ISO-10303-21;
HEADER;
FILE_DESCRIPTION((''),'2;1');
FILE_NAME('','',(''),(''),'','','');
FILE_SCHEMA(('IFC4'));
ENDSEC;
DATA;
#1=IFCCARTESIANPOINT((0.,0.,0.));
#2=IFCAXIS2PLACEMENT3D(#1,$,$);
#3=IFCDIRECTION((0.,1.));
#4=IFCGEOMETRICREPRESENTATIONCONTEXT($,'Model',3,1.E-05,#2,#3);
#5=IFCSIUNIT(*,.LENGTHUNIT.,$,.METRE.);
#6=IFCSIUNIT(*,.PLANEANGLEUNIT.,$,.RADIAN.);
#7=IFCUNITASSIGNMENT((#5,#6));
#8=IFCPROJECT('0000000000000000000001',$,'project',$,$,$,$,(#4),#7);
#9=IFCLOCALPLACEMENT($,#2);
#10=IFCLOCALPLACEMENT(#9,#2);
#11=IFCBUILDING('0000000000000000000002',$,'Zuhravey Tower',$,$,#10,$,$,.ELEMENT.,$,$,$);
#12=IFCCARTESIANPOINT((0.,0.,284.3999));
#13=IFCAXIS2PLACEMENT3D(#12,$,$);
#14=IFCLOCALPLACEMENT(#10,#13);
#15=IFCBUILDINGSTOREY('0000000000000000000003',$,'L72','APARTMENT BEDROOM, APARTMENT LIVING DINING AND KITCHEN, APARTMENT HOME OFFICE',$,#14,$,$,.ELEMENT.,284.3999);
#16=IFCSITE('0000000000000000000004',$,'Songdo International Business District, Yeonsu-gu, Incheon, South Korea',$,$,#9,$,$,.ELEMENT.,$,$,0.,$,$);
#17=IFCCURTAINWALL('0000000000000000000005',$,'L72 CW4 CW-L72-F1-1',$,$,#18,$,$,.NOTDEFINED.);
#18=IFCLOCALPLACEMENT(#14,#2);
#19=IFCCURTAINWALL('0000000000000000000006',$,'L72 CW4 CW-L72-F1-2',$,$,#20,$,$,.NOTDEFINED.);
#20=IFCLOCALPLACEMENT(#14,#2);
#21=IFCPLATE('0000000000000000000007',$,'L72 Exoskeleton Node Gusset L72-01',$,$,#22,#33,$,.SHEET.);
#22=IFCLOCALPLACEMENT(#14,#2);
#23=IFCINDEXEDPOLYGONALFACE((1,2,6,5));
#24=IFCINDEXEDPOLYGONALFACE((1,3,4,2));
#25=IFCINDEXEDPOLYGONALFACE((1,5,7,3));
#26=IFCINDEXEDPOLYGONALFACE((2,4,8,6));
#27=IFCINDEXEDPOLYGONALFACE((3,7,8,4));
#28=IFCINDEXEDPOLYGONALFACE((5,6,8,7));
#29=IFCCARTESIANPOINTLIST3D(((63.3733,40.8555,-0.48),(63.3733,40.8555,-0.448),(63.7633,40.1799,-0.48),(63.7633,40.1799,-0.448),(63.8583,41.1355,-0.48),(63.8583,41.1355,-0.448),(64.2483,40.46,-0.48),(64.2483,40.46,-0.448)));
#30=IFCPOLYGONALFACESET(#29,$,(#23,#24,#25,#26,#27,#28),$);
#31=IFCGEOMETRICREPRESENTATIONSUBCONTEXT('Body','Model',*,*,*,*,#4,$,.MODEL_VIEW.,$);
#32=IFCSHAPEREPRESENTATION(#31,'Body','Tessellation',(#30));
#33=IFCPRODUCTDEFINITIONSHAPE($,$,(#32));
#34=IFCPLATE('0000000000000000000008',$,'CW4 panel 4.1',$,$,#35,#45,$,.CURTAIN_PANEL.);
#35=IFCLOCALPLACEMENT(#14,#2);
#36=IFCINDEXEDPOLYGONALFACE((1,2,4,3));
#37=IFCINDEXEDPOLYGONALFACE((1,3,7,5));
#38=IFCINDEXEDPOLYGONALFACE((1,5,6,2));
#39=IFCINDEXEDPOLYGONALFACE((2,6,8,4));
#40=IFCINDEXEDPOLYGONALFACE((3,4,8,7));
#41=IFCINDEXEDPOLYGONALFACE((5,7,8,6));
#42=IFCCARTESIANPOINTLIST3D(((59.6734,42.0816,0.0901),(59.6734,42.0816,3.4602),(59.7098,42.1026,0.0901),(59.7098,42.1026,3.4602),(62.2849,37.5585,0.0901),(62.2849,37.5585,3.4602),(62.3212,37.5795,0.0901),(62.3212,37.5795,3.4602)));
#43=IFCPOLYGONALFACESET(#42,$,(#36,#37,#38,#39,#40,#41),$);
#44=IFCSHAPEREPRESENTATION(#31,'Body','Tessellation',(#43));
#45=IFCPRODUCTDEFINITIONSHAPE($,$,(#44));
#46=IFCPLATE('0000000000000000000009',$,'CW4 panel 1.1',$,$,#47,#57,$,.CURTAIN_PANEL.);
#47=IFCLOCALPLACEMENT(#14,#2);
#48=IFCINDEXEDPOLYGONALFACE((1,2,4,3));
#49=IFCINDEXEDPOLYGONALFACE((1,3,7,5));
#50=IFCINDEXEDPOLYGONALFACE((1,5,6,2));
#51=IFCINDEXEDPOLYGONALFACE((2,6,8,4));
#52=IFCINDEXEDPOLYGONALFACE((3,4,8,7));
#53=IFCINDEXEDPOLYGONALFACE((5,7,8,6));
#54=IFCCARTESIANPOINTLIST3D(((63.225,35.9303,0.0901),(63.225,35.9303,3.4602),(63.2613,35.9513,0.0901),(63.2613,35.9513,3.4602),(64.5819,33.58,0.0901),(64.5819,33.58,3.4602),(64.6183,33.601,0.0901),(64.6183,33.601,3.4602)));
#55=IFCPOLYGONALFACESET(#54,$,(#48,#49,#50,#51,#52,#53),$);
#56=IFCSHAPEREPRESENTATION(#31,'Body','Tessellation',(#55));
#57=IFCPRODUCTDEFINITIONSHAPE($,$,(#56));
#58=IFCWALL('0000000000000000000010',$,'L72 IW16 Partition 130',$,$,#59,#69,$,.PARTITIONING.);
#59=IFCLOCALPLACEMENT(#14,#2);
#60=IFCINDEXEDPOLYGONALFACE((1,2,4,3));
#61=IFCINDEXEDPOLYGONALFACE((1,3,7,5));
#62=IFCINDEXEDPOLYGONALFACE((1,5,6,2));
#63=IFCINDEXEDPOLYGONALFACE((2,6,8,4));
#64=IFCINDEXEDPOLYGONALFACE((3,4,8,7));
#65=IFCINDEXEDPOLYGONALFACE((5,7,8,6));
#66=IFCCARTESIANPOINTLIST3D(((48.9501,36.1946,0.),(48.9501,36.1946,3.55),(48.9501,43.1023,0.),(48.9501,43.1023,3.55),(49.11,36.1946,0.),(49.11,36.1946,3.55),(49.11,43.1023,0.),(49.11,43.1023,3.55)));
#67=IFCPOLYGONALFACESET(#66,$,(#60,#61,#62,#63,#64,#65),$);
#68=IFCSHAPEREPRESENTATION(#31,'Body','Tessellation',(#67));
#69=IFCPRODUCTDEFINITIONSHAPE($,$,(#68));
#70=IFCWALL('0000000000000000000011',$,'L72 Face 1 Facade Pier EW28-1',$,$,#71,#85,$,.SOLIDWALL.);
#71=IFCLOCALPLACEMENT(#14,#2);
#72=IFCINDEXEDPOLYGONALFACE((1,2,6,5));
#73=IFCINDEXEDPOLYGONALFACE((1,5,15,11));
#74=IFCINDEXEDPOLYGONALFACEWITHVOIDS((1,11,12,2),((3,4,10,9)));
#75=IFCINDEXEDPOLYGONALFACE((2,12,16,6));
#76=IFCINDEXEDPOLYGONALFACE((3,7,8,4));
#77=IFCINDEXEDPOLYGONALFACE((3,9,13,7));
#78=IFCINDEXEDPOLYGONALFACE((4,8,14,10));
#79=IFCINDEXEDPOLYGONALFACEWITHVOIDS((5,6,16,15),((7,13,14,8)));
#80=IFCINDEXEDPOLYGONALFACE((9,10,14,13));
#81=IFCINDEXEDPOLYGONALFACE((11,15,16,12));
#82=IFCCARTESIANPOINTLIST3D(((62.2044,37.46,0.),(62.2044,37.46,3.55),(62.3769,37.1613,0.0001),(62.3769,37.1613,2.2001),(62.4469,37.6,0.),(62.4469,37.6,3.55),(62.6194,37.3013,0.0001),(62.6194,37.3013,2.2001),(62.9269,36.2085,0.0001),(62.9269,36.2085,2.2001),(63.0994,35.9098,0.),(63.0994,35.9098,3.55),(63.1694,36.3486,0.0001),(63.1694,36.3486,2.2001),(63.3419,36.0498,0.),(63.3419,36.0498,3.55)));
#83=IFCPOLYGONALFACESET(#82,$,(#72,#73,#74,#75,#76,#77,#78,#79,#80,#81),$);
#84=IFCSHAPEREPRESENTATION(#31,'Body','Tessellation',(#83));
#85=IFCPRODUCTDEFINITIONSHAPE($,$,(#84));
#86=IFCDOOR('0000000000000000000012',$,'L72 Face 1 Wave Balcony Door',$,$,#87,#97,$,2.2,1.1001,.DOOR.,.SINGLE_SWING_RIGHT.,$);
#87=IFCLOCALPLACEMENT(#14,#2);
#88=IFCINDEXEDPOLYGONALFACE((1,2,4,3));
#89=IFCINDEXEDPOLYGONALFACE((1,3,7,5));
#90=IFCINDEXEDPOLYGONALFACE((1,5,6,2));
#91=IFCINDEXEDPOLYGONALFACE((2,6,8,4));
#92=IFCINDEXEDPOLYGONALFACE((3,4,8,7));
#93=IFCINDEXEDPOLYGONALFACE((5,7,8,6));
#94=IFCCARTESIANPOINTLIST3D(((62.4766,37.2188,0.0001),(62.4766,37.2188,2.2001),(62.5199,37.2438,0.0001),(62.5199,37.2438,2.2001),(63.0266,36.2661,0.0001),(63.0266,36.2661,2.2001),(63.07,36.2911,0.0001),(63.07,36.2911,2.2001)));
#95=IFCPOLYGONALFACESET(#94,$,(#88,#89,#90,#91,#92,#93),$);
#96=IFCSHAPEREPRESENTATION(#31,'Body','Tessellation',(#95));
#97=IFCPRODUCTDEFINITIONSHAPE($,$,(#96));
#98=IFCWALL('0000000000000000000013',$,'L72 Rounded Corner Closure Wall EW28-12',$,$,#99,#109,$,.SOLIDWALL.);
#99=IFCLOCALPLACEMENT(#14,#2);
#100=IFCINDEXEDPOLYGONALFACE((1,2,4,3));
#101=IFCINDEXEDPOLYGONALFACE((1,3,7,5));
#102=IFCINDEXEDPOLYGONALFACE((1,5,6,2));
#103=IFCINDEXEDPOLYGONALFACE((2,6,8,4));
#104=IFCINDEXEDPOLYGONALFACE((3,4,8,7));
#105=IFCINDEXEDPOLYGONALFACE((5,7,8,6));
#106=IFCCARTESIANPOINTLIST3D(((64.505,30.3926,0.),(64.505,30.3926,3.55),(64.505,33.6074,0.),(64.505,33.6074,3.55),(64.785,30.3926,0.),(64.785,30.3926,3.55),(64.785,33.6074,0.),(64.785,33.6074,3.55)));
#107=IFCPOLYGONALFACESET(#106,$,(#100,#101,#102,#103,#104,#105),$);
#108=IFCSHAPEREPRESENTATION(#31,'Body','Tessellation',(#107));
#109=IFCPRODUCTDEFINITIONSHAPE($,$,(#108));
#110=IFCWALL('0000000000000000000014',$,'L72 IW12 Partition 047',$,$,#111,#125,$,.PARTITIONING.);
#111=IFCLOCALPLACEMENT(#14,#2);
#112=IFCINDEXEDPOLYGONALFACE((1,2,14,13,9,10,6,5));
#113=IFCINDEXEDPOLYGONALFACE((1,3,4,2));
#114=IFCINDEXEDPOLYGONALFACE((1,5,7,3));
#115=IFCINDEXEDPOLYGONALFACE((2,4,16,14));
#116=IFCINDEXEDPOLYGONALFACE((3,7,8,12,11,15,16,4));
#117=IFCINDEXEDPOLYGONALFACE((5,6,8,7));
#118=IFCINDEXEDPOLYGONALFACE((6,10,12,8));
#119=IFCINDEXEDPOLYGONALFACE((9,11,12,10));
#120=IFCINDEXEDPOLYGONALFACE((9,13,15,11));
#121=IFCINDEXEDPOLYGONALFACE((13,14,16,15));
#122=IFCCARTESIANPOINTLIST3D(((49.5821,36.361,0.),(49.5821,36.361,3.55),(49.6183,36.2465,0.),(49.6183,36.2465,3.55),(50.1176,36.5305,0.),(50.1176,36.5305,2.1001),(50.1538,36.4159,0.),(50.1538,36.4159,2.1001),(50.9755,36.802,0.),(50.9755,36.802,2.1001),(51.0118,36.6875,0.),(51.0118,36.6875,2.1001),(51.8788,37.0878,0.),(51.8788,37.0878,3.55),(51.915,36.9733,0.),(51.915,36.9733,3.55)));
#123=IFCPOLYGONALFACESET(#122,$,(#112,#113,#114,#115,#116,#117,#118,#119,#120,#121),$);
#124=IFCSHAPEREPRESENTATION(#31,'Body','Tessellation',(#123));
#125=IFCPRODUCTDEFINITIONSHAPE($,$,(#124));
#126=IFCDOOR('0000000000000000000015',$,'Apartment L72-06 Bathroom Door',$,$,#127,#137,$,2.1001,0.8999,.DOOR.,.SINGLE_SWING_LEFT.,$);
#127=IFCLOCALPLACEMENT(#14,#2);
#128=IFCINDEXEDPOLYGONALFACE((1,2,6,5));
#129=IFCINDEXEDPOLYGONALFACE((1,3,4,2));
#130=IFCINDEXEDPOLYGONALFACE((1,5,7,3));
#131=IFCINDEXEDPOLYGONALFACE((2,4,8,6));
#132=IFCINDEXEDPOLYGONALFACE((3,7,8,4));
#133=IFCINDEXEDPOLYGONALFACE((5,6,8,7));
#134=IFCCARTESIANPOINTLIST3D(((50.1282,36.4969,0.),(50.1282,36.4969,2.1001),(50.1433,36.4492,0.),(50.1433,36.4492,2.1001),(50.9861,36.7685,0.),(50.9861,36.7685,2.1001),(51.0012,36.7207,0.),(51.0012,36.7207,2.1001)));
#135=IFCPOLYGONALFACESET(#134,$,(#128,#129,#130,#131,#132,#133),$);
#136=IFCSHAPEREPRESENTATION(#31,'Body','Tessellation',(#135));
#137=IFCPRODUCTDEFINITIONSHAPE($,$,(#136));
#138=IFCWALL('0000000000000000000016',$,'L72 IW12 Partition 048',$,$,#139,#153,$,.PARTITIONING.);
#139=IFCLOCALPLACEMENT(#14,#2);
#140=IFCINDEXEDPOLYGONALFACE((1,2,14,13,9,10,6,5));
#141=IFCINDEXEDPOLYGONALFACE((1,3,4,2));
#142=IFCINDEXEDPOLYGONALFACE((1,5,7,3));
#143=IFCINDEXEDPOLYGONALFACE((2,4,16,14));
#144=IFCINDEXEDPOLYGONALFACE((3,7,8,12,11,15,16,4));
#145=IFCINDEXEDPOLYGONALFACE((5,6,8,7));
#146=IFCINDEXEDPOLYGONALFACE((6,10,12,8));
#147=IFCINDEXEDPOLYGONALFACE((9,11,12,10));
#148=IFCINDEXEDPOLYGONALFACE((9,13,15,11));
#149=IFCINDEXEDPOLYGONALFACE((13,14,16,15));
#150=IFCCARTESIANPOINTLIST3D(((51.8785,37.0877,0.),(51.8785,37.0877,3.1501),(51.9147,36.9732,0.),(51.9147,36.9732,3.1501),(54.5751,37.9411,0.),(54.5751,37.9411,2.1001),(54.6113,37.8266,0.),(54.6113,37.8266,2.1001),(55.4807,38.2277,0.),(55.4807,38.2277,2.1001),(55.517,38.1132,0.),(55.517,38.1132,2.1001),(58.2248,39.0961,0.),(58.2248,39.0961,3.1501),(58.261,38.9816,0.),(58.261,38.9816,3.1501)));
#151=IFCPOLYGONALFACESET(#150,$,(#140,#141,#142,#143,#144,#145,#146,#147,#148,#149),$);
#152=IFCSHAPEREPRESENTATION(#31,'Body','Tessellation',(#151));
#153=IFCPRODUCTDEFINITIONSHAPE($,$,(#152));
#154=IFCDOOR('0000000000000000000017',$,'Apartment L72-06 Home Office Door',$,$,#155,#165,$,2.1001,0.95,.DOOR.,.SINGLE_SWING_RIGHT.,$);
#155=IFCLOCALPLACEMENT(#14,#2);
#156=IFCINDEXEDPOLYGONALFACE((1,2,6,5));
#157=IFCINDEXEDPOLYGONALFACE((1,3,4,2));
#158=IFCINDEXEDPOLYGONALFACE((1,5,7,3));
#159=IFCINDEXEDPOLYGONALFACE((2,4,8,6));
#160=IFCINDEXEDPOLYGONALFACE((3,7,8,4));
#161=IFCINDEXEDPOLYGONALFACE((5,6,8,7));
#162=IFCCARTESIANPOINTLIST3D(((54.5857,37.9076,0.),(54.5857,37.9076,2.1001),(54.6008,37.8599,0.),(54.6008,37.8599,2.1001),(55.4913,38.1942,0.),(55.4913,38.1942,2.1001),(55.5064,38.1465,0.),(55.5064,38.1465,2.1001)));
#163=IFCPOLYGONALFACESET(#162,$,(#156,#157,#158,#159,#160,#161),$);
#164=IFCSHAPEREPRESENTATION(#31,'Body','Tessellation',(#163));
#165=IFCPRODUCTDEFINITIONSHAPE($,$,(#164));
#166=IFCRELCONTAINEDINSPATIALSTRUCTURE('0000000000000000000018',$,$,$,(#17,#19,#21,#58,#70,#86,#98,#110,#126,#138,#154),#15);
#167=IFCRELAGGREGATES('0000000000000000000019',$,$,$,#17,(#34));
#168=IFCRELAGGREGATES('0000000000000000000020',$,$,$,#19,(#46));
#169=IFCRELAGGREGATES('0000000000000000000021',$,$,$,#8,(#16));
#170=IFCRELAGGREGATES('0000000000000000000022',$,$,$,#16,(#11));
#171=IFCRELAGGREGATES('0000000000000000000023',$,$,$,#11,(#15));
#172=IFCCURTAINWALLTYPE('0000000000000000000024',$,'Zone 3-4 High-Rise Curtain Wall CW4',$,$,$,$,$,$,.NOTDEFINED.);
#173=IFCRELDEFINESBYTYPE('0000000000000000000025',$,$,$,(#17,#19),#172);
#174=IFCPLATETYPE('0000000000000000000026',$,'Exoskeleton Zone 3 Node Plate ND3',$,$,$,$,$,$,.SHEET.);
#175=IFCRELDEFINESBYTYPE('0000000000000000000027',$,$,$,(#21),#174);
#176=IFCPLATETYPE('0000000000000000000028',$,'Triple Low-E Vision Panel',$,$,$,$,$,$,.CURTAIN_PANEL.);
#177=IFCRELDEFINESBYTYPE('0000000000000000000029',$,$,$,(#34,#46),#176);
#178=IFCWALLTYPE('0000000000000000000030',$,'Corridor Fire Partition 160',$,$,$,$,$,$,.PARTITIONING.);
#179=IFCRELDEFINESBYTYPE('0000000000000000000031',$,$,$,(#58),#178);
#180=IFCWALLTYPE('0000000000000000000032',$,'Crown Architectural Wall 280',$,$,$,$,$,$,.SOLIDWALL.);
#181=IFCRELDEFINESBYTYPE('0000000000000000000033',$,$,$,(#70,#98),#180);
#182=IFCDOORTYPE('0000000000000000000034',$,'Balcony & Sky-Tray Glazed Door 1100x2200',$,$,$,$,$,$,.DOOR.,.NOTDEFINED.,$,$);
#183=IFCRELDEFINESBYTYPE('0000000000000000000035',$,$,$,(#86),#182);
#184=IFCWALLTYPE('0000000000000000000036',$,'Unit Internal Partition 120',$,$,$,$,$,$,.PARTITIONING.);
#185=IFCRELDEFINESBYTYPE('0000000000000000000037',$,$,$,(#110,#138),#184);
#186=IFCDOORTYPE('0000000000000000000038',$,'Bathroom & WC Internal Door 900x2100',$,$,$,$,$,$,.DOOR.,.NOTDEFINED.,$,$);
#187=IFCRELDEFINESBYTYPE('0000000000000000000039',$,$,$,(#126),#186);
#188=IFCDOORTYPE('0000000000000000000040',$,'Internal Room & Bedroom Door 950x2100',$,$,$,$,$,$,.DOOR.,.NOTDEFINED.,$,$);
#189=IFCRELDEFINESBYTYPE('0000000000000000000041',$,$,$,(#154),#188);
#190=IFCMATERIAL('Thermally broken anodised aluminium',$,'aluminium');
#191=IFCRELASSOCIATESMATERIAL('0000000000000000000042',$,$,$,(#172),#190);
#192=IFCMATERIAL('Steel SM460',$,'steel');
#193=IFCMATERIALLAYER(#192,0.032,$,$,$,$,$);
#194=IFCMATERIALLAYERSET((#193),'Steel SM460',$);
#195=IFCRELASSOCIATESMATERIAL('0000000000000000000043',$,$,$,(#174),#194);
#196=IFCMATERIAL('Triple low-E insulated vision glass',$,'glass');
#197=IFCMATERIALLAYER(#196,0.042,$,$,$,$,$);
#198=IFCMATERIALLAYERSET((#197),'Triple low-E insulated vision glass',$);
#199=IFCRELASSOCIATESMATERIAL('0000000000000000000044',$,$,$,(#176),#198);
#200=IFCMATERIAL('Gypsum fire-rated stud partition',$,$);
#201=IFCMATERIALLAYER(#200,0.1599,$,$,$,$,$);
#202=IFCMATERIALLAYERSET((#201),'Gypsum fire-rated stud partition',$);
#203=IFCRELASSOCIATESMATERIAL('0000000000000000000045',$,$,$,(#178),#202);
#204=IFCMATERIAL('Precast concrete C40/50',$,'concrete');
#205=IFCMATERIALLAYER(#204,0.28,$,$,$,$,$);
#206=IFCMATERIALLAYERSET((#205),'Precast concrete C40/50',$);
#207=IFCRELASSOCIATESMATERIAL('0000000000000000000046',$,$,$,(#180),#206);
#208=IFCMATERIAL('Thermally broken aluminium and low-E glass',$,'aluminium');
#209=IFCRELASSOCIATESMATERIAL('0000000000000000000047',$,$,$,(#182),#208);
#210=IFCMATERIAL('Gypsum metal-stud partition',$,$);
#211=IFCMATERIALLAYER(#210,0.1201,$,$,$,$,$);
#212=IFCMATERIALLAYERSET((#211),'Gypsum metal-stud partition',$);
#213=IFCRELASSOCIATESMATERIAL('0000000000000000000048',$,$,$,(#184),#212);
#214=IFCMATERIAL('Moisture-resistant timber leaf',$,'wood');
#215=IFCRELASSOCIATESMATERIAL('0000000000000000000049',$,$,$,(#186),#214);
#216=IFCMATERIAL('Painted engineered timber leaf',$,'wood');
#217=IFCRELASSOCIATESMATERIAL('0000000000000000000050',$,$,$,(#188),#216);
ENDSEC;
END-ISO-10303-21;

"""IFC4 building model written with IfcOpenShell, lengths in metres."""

from ifc_helpers import new_model, si_unit, direction, frame, frame_2d, origin, origin_2d, place, context, subcontext, project, spatial, rectangle, extrude, material, layer, layer_set, type_object, element, fill, aggregate, save


model = new_model("IFC4")

# Units and contexts
model_context = context("Model", 3, precision=1e-05, world=origin(), true_north=direction((0.0, 1.0)))
body_context = subcontext(model_context, "Body", "Model", "MODEL_VIEW")
ifc_project = project(units=[si_unit("LENGTHUNIT", "METRE"), si_unit("PLANEANGLEUNIT", "RADIAN")], contexts=[model_context])

# Site, building, storey
site_placement = place(None, origin())
site = spatial("IfcSite", under=ifc_project, at=site_placement, Name="Songdo International Business District, Yeonsu-gu, Incheon, South Korea", CompositionType="ELEMENT", RefElevation=0.0)
building_placement = place(site_placement, origin())
building = spatial("IfcBuilding", under=site, at=building_placement, Name="Zuhravey Tower", CompositionType="ELEMENT")
storey_placement = place(building_placement, frame((0.0, 0.0, 284.3999)))
storey = spatial("IfcBuildingStorey", under=building, at=storey_placement, Name="L72", Description="APARTMENT BEDROOM, APARTMENT LIVING DINING AND KITCHEN, APARTMENT HOME OFFICE", CompositionType="ELEMENT", Elevation=284.3999)

# Curtain wall
ifc_material_1 = material(Name="Thermally broken anodised aluminium", Category="aluminium")
curtain_wall_type = type_object("IfcCurtainWallType", Name="Zone 3-4 High-Rise Curtain Wall CW4", PredefinedType="NOTDEFINED", material=ifc_material_1)
curtain_wall_1_placement = place(storey_placement, origin())
curtain_wall_1 = element("IfcCurtainWall", 1, at=curtain_wall_1_placement, inside=storey, type_object=curtain_wall_type, Name="L72 CW4 CW-L72-F1-1", PredefinedType="NOTDEFINED")

# Curtain wall
curtain_wall_2_placement = place(storey_placement, origin())
curtain_wall_2 = element("IfcCurtainWall", 2, at=curtain_wall_2_placement, inside=storey, type_object=curtain_wall_type, Name="L72 CW4 CW-L72-F1-2", PredefinedType="NOTDEFINED")

# Plates
ifc_material_2 = material(Name="Steel SM460", Category="steel")
ifc_layer_1 = layer(ifc_material_2, 0.032)
ifc_layer_set_1 = layer_set([ifc_layer_1], Name="Steel SM460")
plate_type_1 = type_object("IfcPlateType", Name="Exoskeleton Zone 3 Node Plate ND3", PredefinedType="SHEET", material=ifc_layer_set_1)
plate_1_placement = place(storey_placement, frame((63.8108, 40.6577, -0.48), z_axis=(0.0, 0.0, 1.0), x_axis=(-0.5, 0.866025, 0.0)))
element("IfcPlate", 3, at=plate_1_placement, inside=storey, type_object=plate_type_1, Name="L72 Exoskeleton Node Gusset L72-01", PredefinedType="SHEET", context=body_context, shape_type="SweptSolid", body=[
    extrude(rectangle(XDim=0.78, YDim=0.5601, at=origin_2d()), origin(), (0.0, 0.0, 1.0), 0.032),
])
ifc_material_3 = material(Name="Triple low-E insulated vision glass", Category="glass")
ifc_layer_2 = layer(ifc_material_3, 0.042)
ifc_layer_set_2 = layer_set([ifc_layer_2], Name="Triple low-E insulated vision glass")
plate_type_2 = type_object("IfcPlateType", Name="Triple Low-E Vision Panel", PredefinedType="CURTAIN_PANEL", material=ifc_layer_set_2)
plate_2_placement = place(storey_placement, frame((60.9973, 39.8306, 0.0901), z_axis=(0.0, 0.0, 1.0), x_axis=(0.500001, -0.866025, 0.0)))
plate_2 = element("IfcPlate", 4, at=plate_2_placement, type_object=plate_type_2, Name="CW4 panel 4.1", PredefinedType="CURTAIN_PANEL", context=body_context, shape_type="SweptSolid", body=[
    extrude(rectangle(XDim=5.2229, YDim=0.042, at=origin_2d()), origin(), (0.0, 0.0, 1.0), 3.3701),
])
aggregate(curtain_wall_1, [plate_2])
plate_3_placement = place(storey_placement, frame((63.9216, 34.7656, 0.0901), z_axis=(0.0, 0.0, 1.0), x_axis=(0.500012, -0.866019, 0.0)))
plate_3 = element("IfcPlate", 5, at=plate_3_placement, type_object=plate_type_2, Name="CW4 panel 1.1", PredefinedType="CURTAIN_PANEL", context=body_context, shape_type="SweptSolid", body=[
    extrude(rectangle(XDim=2.7139, YDim=0.042, at=origin_2d()), origin(), (0.0, 0.0, 1.0), 3.3701),
])
aggregate(curtain_wall_2, [plate_3])

# Shared definitions
ifc_material_4 = material(Name="Gypsum fire-rated stud partition")
ifc_layer_3 = layer(ifc_material_4, 0.1599)
ifc_layer_set_3 = layer_set([ifc_layer_3], Name="Gypsum fire-rated stud partition")
wall_type_1 = type_object("IfcWallType", Name="Corridor Fire Partition 160", PredefinedType="PARTITIONING", material=ifc_layer_set_3)

# Wall
wall_1_placement = place(storey_placement, frame((49.03, 36.1946, 0.0), z_axis=(0.0, 0.0, 1.0), x_axis=(0.0, 1.0, 0.0)))
element("IfcWall", 6, at=wall_1_placement, inside=storey, type_object=wall_type_1, Name="L72 IW16 Partition 130", PredefinedType="PARTITIONING", context=body_context, shape_type="SweptSolid", body=[
    extrude(rectangle(XDim=6.9077, YDim=0.1599, at=frame_2d((3.4539, 0.0))), origin(), (0.0, 0.0, 1.0), 3.55),
])

# Wall, opening, door
ifc_material_5 = material(Name="Precast concrete C40/50", Category="concrete")
ifc_layer_4 = layer(ifc_material_5, 0.28)
ifc_layer_set_4 = layer_set([ifc_layer_4], Name="Precast concrete C40/50")
wall_type_2 = type_object("IfcWallType", Name="Crown Architectural Wall 280", PredefinedType="SOLIDWALL", material=ifc_layer_set_4)
wall_2_placement = place(storey_placement, frame((62.3257, 37.53, 0.0), z_axis=(0.0, 0.0, 1.0), x_axis=(0.499982, -0.866036, 0.0)))
wall_2 = element("IfcWall", 7, at=wall_2_placement, inside=storey, type_object=wall_type_2, Name="L72 Face 1 Facade Pier EW28-1", PredefinedType="SOLIDWALL", context=body_context, shape_type="SweptSolid", body=[
    extrude(rectangle(XDim=1.79, YDim=0.28, at=frame_2d((0.895, 0.0))), origin(), (0.0, 0.0, 1.0), 3.55),
])
opening_1_placement = place(wall_2_placement, frame((0.345, 0.0, 0.0)))
opening_1 = element("IfcOpeningElement", 8, at=opening_1_placement, cuts=wall_2, PredefinedType="OPENING", context=body_context, shape_type="SweptSolid", body=[
    extrude(rectangle(XDim=1.1001, YDim=2.2, at=frame_2d((0.55, 1.1001))), frame((0.0, 0.1521, 0.0), z_axis=(0.0, -1.0, 0.0), x_axis=(1.0, 0.0, 0.0)), (0.0, 0.0, 1.0), 0.304),
])
ifc_material_6 = material(Name="Thermally broken aluminium and low-E glass", Category="aluminium")
door_type_1 = type_object("IfcDoorType", Name="Balcony & Sky-Tray Glazed Door 1100x2200", OperationType="NOTDEFINED", PredefinedType="DOOR", material=ifc_material_6)
door_1_placement = place(opening_1_placement, frame((1.1001, 0.0, 0.0), z_axis=(0.0, 0.0, 1.0), x_axis=(-1.0, 0.0, 0.0)))
door_1 = element("IfcDoor", 9, at=door_1_placement, inside=storey, type_object=door_type_1, Name="L72 Face 1 Wave Balcony Door", OperationType="SINGLE_SWING_RIGHT", OverallHeight=2.2, OverallWidth=1.1001, PredefinedType="DOOR", context=body_context, shape_type="SweptSolid", body=[
    extrude(rectangle(XDim=1.1001, YDim=2.2, at=frame_2d((0.55, 1.1001))), frame((0.0, 0.0249, 0.0), z_axis=(0.0, -1.0, 0.0), x_axis=(1.0, 0.0, 0.0)), (0.0, 0.0, 1.0), 0.05),
])
fill(opening_1, door_1)

# Wall
wall_3_placement = place(storey_placement, frame((64.645, 33.6074, 0.0), z_axis=(0.0, 0.0, 1.0), x_axis=(0.0, -1.0, 0.0)))
element("IfcWall", 10, at=wall_3_placement, inside=storey, type_object=wall_type_2, Name="L72 Rounded Corner Closure Wall EW28-12", PredefinedType="SOLIDWALL", context=body_context, shape_type="SweptSolid", body=[
    extrude(rectangle(XDim=3.2148, YDim=0.28, at=frame_2d((1.6074, 0.0))), origin(), (0.0, 0.0, 1.0), 3.55),
])

# Walls, openings, doors
ifc_material_7 = material(Name="Gypsum metal-stud partition")
ifc_layer_5 = layer(ifc_material_7, 0.1201)
ifc_layer_set_5 = layer_set([ifc_layer_5], Name="Gypsum metal-stud partition")
wall_type_3 = type_object("IfcWallType", Name="Unit Internal Partition 120", PredefinedType="PARTITIONING", material=ifc_layer_set_5)
wall_4_placement = place(storey_placement, frame((49.6001, 36.3037, 0.0), z_axis=(0.0, 0.0, 1.0), x_axis=(0.953397, 0.301718, 0.0)))
wall_4 = element("IfcWall", 11, at=wall_4_placement, inside=storey, type_object=wall_type_3, Name="L72 IW12 Partition 047", PredefinedType="PARTITIONING", context=body_context, shape_type="SweptSolid", body=[
    extrude(rectangle(XDim=2.4089, YDim=0.1201, at=frame_2d((1.2046, 0.0))), origin(), (0.0, 0.0, 1.0), 3.55),
])
opening_2_placement = place(wall_4_placement, frame((0.5618, 0.0, 0.0)))
opening_2 = element("IfcOpeningElement", 12, at=opening_2_placement, cuts=wall_4, PredefinedType="OPENING", context=body_context, shape_type="SweptSolid", body=[
    extrude(rectangle(XDim=0.8999, YDim=2.1001, at=frame_2d((0.45, 1.05))), frame((0.0, 0.072, 0.0), z_axis=(0.0, -1.0, 0.0), x_axis=(1.0, 0.0, 0.0)), (0.0, 0.0, 1.0), 0.144),
])
ifc_material_8 = material(Name="Moisture-resistant timber leaf", Category="wood")
door_type_2 = type_object("IfcDoorType", Name="Bathroom & WC Internal Door 900x2100", OperationType="NOTDEFINED", PredefinedType="DOOR", material=ifc_material_8)
door_2_placement = place(opening_2_placement, origin())
door_2 = element("IfcDoor", 13, at=door_2_placement, inside=storey, type_object=door_type_2, Name="Apartment L72-06 Bathroom Door", OperationType="SINGLE_SWING_LEFT", OverallHeight=2.1001, OverallWidth=0.8999, PredefinedType="DOOR", context=body_context, shape_type="SweptSolid", body=[
    extrude(rectangle(XDim=0.8999, YDim=2.1001, at=frame_2d((0.45, 1.05))), frame((0.0, 0.0249, 0.0), z_axis=(0.0, -1.0, 0.0), x_axis=(1.0, 0.0, 0.0)), (0.0, 0.0, 1.0), 0.05),
])
fill(opening_2, door_2)
wall_5_placement = place(storey_placement, frame((51.8967, 37.0305, 0.0), z_axis=(0.0, 0.0, 1.0), x_axis=(0.9534, 0.301711, 0.0)))
wall_5 = element("IfcWall", 14, at=wall_5_placement, inside=storey, type_object=wall_type_3, Name="L72 IW12 Partition 048", PredefinedType="PARTITIONING", context=body_context, shape_type="SweptSolid", body=[
    extrude(rectangle(XDim=6.6565, YDim=0.1201, at=frame_2d((3.3281, 0.0))), origin(), (0.0, 0.0, 1.0), 3.1501),
])
opening_3_placement = place(wall_5_placement, frame((2.8281, 0.0, 0.0)))
opening_3 = element("IfcOpeningElement", 15, at=opening_3_placement, cuts=wall_5, PredefinedType="OPENING", context=body_context, shape_type="SweptSolid", body=[
    extrude(rectangle(XDim=0.95, YDim=2.1001, at=frame_2d((0.4751, 1.05))), frame((0.0, 0.072, 0.0), z_axis=(0.0, -1.0, 0.0), x_axis=(1.0, 0.0, 0.0)), (0.0, 0.0, 1.0), 0.144),
])
ifc_material_9 = material(Name="Painted engineered timber leaf", Category="wood")
door_type_3 = type_object("IfcDoorType", Name="Internal Room & Bedroom Door 950x2100", OperationType="NOTDEFINED", PredefinedType="DOOR", material=ifc_material_9)
door_3_placement = place(opening_3_placement, origin())
door_3 = element("IfcDoor", 16, at=door_3_placement, inside=storey, type_object=door_type_3, Name="Apartment L72-06 Home Office Door", OperationType="SINGLE_SWING_RIGHT", OverallHeight=2.1001, OverallWidth=0.95, PredefinedType="DOOR", context=body_context, shape_type="SweptSolid", body=[
    extrude(rectangle(XDim=0.95, YDim=2.1001, at=frame_2d((0.4751, 1.05))), frame((0.0, 0.0249, 0.0), z_axis=(0.0, -1.0, 0.0), x_axis=(1.0, 0.0, 0.0)), (0.0, 0.0, 1.0), 0.05),
])
fill(opening_3, door_3)

save(model, "model.ifc")
